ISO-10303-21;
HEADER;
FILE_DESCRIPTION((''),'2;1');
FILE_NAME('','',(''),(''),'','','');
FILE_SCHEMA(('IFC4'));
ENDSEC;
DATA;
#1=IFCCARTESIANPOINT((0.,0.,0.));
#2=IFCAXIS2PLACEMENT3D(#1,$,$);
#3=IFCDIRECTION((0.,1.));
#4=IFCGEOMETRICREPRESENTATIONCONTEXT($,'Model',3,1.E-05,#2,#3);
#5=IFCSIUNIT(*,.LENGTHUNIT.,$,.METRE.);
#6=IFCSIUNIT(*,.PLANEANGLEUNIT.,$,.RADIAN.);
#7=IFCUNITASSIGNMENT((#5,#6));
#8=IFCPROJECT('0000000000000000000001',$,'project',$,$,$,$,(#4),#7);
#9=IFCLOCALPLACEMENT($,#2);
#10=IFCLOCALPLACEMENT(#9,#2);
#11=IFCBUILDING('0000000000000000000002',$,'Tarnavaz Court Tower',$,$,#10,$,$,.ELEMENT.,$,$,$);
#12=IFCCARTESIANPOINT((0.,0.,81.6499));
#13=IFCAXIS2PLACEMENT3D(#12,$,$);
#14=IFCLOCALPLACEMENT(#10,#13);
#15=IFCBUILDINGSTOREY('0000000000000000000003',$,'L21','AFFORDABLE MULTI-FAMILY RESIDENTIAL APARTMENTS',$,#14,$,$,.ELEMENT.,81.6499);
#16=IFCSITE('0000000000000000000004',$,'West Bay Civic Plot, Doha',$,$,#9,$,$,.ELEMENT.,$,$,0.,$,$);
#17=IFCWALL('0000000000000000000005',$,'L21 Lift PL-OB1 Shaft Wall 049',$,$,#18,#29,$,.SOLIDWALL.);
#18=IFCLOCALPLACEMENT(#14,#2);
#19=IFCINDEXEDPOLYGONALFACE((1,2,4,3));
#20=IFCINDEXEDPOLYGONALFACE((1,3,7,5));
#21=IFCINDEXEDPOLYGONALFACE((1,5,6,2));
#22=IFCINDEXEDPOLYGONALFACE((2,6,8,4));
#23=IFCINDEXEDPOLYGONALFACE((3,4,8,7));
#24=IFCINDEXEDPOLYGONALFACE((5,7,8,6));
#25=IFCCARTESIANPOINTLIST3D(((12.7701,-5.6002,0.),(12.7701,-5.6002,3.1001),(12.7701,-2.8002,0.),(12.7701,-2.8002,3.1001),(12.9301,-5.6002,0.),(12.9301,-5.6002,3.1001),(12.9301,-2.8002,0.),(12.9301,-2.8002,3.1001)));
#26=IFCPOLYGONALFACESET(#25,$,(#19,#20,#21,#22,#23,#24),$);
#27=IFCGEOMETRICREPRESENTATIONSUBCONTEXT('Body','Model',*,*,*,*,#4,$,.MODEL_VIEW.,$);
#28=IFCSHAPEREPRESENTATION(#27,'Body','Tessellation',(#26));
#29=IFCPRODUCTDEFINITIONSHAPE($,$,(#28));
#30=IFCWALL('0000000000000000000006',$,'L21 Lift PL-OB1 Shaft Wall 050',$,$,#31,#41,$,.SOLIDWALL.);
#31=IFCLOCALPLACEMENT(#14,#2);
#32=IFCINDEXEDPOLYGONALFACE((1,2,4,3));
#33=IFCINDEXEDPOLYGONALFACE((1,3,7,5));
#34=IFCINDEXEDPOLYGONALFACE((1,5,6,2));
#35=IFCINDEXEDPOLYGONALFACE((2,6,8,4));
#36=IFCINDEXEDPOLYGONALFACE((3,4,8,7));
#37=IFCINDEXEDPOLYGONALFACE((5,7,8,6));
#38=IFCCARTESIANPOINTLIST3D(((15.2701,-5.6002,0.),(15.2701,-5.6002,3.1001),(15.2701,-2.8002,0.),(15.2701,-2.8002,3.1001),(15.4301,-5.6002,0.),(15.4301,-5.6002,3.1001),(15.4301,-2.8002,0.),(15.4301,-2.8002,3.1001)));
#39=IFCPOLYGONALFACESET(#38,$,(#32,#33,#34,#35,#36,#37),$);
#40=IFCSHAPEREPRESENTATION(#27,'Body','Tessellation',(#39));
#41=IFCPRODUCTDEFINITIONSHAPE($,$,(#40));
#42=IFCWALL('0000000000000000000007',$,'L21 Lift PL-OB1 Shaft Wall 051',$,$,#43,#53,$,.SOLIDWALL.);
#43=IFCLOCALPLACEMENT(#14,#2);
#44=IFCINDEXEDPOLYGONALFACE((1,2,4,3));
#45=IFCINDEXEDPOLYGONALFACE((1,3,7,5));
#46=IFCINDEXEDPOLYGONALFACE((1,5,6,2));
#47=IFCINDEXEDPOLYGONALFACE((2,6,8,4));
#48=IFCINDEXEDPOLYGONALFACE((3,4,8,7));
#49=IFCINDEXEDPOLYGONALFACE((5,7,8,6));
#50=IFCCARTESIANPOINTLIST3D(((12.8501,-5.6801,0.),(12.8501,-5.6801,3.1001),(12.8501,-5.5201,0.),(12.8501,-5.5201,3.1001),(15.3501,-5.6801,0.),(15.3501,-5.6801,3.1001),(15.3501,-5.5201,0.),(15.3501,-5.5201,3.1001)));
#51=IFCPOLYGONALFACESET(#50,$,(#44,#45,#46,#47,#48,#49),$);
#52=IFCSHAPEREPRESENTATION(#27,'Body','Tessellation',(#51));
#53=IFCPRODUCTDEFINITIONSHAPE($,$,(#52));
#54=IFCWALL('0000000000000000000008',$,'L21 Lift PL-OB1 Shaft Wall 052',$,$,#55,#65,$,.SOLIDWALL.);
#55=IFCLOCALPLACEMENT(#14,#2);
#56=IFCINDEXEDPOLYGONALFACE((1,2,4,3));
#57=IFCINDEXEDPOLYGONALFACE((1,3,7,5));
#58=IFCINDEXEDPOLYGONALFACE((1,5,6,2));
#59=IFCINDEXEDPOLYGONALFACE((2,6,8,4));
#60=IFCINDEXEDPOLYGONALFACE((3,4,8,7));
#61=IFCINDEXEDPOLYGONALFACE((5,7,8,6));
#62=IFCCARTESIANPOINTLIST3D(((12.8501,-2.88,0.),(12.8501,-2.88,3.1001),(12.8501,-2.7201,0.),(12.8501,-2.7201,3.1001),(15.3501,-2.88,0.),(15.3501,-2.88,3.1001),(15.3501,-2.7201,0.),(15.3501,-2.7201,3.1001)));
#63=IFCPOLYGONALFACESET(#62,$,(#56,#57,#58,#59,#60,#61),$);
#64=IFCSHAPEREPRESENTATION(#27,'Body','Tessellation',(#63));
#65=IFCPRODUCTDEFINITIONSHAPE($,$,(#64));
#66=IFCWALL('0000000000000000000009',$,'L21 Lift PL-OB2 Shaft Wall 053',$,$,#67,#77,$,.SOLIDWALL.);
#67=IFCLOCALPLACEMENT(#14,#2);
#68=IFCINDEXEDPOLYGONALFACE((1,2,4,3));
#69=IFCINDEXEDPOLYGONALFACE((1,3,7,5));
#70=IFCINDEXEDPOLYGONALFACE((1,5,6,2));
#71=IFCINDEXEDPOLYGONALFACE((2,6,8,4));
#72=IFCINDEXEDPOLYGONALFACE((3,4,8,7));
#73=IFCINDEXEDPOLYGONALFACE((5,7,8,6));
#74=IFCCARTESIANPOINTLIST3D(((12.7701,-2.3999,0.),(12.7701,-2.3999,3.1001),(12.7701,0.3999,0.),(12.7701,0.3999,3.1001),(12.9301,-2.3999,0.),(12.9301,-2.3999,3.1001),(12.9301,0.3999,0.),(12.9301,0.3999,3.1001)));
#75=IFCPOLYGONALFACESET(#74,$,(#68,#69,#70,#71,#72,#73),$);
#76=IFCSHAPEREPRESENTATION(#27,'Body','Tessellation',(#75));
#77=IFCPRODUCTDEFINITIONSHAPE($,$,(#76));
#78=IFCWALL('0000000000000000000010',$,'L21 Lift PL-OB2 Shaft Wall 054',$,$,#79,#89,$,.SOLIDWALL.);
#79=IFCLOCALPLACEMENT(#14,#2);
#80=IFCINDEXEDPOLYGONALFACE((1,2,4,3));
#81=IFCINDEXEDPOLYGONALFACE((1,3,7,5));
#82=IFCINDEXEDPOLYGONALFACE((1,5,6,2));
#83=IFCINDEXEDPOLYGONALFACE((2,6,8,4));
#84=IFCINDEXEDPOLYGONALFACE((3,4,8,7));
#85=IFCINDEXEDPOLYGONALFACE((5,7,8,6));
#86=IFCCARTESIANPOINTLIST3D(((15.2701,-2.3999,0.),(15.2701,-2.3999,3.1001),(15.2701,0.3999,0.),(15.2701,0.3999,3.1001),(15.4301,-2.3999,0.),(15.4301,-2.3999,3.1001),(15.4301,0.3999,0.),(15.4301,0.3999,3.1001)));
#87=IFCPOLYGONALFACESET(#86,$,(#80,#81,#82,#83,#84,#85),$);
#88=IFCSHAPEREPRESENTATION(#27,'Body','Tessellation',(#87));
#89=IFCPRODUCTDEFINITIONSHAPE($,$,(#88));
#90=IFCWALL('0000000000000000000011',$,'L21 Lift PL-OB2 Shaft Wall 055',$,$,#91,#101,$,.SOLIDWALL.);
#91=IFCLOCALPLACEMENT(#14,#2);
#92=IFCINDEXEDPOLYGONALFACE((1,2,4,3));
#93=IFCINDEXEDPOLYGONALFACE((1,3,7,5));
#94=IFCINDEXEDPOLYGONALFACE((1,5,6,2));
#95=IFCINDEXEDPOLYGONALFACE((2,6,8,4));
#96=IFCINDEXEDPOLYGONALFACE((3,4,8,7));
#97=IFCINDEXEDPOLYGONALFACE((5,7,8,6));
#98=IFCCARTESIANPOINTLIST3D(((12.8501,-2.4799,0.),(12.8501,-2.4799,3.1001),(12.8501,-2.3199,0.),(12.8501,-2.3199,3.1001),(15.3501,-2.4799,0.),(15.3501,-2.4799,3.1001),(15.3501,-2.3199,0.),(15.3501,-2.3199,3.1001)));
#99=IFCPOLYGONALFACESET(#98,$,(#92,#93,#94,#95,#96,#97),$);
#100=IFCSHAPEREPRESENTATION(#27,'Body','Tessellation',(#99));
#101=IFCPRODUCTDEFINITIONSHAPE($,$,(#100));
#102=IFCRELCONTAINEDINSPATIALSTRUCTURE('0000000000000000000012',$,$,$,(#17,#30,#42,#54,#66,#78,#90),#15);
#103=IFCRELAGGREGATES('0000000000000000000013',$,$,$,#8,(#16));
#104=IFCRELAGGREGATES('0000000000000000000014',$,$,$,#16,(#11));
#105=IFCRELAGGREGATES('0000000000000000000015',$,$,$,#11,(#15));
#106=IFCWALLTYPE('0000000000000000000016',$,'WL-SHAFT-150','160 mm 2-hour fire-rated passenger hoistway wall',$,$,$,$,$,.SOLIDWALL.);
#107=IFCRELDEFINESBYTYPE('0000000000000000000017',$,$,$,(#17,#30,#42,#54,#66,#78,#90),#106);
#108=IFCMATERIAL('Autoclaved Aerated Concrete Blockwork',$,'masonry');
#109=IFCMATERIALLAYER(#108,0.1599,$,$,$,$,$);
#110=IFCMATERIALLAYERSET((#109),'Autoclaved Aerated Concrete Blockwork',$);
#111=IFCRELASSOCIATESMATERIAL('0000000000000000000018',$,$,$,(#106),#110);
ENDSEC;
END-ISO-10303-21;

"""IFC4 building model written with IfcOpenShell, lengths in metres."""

from ifc_helpers import new_model, si_unit, direction, frame, frame_2d, origin, place, context, subcontext, project, spatial, rectangle, extrude, material, layer, layer_set, type_object, element, save


model = new_model("IFC4")

# Units and contexts
model_context = context("Model", 3, precision=1e-05, world=origin(), true_north=direction((0.0, 1.0)))
body_context = subcontext(model_context, "Body", "Model", "MODEL_VIEW")
ifc_project = project(units=[si_unit("LENGTHUNIT", "METRE"), si_unit("PLANEANGLEUNIT", "RADIAN")], contexts=[model_context])

# Site, building, storey
site_placement = place(None, origin())
site = spatial("IfcSite", under=ifc_project, at=site_placement, Name="West Bay Civic Plot, Doha", CompositionType="ELEMENT", RefElevation=0.0)
building_placement = place(site_placement, origin())
building = spatial("IfcBuilding", under=site, at=building_placement, Name="Tarnavaz Court Tower", CompositionType="ELEMENT")
storey_placement = place(building_placement, frame((0.0, 0.0, 81.6499)))
storey = spatial("IfcBuildingStorey", under=building, at=storey_placement, Name="L21", Description="AFFORDABLE MULTI-FAMILY RESIDENTIAL APARTMENTS", CompositionType="ELEMENT", Elevation=81.6499)

# Walls
ifc_material_1 = material(Name="Autoclaved Aerated Concrete Blockwork", Category="masonry")
ifc_layer_1 = layer(ifc_material_1, 0.1599)
ifc_layer_set_1 = layer_set([ifc_layer_1], Name="Autoclaved Aerated Concrete Blockwork")
wall_type_1 = type_object("IfcWallType", Name="WL-SHAFT-150", Description="160 mm 2-hour fire-rated passenger hoistway wall", PredefinedType="SOLIDWALL", material=ifc_layer_set_1)
for number, where, z_axis, x_axis, name in (
    (1, (12.8501, -5.6001, 0.0), (0.0, 0.0, 1.0), (0.0, 1.0, 0.0), "L21 Lift PL-OB1 Shaft Wall 049"),
    (2, (15.3501, -5.6001, 0.0), (0.0, 0.0, 1.0), (0.0, 1.0, 0.0), "L21 Lift PL-OB1 Shaft Wall 050"),
):
    element("IfcWall", number, at=place(storey_placement, frame(where, z_axis=z_axis, x_axis=x_axis)), inside=storey, type_object=wall_type_1, Name=name, PredefinedType="SOLIDWALL", context=body_context, shape_type="SweptSolid", body=[
        extrude(rectangle(XDim=2.8, YDim=0.1599, at=frame_2d((1.3999, 0.0))), origin(), (0.0, 0.0, 1.0), 3.1001),
    ])
for number, where, z_axis, x_axis, name in (
    (3, (12.8501, -5.6001, 0.0), (0.0, 0.0, 1.0), (1.0, 0.0, 0.0), "L21 Lift PL-OB1 Shaft Wall 051"),
    (4, (12.8501, -2.8, 0.0), (0.0, 0.0, 1.0), (1.0, 0.0, 0.0), "L21 Lift PL-OB1 Shaft Wall 052"),
):
    element("IfcWall", number, at=place(storey_placement, frame(where, z_axis=z_axis, x_axis=x_axis)), inside=storey, type_object=wall_type_1, Name=name, PredefinedType="SOLIDWALL", context=body_context, shape_type="SweptSolid", body=[
        extrude(rectangle(XDim=2.5, YDim=0.1599, at=frame_2d((1.25, 0.0))), origin(), (0.0, 0.0, 1.0), 3.1001),
    ])
for number, where, z_axis, x_axis, name in (
    (5, (12.8501, -2.3999, 0.0), (0.0, 0.0, 1.0), (0.0, 1.0, 0.0), "L21 Lift PL-OB2 Shaft Wall 053"),
    (6, (15.3501, -2.3999, 0.0), (0.0, 0.0, 1.0), (0.0, 1.0, 0.0), "L21 Lift PL-OB2 Shaft Wall 054"),
):
    element("IfcWall", number, at=place(storey_placement, frame(where, z_axis=z_axis, x_axis=x_axis)), inside=storey, type_object=wall_type_1, Name=name, PredefinedType="SOLIDWALL", context=body_context, shape_type="SweptSolid", body=[
        extrude(rectangle(XDim=2.7998, YDim=0.1599, at=frame_2d((1.3999, 0.0))), origin(), (0.0, 0.0, 1.0), 3.1001),
    ])
wall_1_placement = place(storey_placement, frame((12.8501, -2.3999, 0.0), z_axis=(0.0, 0.0, 1.0), x_axis=(1.0, 0.0, 0.0)))
element("IfcWall", 7, at=wall_1_placement, inside=storey, type_object=wall_type_1, Name="L21 Lift PL-OB2 Shaft Wall 055", PredefinedType="SOLIDWALL", context=body_context, shape_type="SweptSolid", body=[
    extrude(rectangle(XDim=2.5, YDim=0.1599, at=frame_2d((1.25, 0.0))), origin(), (0.0, 0.0, 1.0), 3.1001),
])

save(model, "model.ifc")
